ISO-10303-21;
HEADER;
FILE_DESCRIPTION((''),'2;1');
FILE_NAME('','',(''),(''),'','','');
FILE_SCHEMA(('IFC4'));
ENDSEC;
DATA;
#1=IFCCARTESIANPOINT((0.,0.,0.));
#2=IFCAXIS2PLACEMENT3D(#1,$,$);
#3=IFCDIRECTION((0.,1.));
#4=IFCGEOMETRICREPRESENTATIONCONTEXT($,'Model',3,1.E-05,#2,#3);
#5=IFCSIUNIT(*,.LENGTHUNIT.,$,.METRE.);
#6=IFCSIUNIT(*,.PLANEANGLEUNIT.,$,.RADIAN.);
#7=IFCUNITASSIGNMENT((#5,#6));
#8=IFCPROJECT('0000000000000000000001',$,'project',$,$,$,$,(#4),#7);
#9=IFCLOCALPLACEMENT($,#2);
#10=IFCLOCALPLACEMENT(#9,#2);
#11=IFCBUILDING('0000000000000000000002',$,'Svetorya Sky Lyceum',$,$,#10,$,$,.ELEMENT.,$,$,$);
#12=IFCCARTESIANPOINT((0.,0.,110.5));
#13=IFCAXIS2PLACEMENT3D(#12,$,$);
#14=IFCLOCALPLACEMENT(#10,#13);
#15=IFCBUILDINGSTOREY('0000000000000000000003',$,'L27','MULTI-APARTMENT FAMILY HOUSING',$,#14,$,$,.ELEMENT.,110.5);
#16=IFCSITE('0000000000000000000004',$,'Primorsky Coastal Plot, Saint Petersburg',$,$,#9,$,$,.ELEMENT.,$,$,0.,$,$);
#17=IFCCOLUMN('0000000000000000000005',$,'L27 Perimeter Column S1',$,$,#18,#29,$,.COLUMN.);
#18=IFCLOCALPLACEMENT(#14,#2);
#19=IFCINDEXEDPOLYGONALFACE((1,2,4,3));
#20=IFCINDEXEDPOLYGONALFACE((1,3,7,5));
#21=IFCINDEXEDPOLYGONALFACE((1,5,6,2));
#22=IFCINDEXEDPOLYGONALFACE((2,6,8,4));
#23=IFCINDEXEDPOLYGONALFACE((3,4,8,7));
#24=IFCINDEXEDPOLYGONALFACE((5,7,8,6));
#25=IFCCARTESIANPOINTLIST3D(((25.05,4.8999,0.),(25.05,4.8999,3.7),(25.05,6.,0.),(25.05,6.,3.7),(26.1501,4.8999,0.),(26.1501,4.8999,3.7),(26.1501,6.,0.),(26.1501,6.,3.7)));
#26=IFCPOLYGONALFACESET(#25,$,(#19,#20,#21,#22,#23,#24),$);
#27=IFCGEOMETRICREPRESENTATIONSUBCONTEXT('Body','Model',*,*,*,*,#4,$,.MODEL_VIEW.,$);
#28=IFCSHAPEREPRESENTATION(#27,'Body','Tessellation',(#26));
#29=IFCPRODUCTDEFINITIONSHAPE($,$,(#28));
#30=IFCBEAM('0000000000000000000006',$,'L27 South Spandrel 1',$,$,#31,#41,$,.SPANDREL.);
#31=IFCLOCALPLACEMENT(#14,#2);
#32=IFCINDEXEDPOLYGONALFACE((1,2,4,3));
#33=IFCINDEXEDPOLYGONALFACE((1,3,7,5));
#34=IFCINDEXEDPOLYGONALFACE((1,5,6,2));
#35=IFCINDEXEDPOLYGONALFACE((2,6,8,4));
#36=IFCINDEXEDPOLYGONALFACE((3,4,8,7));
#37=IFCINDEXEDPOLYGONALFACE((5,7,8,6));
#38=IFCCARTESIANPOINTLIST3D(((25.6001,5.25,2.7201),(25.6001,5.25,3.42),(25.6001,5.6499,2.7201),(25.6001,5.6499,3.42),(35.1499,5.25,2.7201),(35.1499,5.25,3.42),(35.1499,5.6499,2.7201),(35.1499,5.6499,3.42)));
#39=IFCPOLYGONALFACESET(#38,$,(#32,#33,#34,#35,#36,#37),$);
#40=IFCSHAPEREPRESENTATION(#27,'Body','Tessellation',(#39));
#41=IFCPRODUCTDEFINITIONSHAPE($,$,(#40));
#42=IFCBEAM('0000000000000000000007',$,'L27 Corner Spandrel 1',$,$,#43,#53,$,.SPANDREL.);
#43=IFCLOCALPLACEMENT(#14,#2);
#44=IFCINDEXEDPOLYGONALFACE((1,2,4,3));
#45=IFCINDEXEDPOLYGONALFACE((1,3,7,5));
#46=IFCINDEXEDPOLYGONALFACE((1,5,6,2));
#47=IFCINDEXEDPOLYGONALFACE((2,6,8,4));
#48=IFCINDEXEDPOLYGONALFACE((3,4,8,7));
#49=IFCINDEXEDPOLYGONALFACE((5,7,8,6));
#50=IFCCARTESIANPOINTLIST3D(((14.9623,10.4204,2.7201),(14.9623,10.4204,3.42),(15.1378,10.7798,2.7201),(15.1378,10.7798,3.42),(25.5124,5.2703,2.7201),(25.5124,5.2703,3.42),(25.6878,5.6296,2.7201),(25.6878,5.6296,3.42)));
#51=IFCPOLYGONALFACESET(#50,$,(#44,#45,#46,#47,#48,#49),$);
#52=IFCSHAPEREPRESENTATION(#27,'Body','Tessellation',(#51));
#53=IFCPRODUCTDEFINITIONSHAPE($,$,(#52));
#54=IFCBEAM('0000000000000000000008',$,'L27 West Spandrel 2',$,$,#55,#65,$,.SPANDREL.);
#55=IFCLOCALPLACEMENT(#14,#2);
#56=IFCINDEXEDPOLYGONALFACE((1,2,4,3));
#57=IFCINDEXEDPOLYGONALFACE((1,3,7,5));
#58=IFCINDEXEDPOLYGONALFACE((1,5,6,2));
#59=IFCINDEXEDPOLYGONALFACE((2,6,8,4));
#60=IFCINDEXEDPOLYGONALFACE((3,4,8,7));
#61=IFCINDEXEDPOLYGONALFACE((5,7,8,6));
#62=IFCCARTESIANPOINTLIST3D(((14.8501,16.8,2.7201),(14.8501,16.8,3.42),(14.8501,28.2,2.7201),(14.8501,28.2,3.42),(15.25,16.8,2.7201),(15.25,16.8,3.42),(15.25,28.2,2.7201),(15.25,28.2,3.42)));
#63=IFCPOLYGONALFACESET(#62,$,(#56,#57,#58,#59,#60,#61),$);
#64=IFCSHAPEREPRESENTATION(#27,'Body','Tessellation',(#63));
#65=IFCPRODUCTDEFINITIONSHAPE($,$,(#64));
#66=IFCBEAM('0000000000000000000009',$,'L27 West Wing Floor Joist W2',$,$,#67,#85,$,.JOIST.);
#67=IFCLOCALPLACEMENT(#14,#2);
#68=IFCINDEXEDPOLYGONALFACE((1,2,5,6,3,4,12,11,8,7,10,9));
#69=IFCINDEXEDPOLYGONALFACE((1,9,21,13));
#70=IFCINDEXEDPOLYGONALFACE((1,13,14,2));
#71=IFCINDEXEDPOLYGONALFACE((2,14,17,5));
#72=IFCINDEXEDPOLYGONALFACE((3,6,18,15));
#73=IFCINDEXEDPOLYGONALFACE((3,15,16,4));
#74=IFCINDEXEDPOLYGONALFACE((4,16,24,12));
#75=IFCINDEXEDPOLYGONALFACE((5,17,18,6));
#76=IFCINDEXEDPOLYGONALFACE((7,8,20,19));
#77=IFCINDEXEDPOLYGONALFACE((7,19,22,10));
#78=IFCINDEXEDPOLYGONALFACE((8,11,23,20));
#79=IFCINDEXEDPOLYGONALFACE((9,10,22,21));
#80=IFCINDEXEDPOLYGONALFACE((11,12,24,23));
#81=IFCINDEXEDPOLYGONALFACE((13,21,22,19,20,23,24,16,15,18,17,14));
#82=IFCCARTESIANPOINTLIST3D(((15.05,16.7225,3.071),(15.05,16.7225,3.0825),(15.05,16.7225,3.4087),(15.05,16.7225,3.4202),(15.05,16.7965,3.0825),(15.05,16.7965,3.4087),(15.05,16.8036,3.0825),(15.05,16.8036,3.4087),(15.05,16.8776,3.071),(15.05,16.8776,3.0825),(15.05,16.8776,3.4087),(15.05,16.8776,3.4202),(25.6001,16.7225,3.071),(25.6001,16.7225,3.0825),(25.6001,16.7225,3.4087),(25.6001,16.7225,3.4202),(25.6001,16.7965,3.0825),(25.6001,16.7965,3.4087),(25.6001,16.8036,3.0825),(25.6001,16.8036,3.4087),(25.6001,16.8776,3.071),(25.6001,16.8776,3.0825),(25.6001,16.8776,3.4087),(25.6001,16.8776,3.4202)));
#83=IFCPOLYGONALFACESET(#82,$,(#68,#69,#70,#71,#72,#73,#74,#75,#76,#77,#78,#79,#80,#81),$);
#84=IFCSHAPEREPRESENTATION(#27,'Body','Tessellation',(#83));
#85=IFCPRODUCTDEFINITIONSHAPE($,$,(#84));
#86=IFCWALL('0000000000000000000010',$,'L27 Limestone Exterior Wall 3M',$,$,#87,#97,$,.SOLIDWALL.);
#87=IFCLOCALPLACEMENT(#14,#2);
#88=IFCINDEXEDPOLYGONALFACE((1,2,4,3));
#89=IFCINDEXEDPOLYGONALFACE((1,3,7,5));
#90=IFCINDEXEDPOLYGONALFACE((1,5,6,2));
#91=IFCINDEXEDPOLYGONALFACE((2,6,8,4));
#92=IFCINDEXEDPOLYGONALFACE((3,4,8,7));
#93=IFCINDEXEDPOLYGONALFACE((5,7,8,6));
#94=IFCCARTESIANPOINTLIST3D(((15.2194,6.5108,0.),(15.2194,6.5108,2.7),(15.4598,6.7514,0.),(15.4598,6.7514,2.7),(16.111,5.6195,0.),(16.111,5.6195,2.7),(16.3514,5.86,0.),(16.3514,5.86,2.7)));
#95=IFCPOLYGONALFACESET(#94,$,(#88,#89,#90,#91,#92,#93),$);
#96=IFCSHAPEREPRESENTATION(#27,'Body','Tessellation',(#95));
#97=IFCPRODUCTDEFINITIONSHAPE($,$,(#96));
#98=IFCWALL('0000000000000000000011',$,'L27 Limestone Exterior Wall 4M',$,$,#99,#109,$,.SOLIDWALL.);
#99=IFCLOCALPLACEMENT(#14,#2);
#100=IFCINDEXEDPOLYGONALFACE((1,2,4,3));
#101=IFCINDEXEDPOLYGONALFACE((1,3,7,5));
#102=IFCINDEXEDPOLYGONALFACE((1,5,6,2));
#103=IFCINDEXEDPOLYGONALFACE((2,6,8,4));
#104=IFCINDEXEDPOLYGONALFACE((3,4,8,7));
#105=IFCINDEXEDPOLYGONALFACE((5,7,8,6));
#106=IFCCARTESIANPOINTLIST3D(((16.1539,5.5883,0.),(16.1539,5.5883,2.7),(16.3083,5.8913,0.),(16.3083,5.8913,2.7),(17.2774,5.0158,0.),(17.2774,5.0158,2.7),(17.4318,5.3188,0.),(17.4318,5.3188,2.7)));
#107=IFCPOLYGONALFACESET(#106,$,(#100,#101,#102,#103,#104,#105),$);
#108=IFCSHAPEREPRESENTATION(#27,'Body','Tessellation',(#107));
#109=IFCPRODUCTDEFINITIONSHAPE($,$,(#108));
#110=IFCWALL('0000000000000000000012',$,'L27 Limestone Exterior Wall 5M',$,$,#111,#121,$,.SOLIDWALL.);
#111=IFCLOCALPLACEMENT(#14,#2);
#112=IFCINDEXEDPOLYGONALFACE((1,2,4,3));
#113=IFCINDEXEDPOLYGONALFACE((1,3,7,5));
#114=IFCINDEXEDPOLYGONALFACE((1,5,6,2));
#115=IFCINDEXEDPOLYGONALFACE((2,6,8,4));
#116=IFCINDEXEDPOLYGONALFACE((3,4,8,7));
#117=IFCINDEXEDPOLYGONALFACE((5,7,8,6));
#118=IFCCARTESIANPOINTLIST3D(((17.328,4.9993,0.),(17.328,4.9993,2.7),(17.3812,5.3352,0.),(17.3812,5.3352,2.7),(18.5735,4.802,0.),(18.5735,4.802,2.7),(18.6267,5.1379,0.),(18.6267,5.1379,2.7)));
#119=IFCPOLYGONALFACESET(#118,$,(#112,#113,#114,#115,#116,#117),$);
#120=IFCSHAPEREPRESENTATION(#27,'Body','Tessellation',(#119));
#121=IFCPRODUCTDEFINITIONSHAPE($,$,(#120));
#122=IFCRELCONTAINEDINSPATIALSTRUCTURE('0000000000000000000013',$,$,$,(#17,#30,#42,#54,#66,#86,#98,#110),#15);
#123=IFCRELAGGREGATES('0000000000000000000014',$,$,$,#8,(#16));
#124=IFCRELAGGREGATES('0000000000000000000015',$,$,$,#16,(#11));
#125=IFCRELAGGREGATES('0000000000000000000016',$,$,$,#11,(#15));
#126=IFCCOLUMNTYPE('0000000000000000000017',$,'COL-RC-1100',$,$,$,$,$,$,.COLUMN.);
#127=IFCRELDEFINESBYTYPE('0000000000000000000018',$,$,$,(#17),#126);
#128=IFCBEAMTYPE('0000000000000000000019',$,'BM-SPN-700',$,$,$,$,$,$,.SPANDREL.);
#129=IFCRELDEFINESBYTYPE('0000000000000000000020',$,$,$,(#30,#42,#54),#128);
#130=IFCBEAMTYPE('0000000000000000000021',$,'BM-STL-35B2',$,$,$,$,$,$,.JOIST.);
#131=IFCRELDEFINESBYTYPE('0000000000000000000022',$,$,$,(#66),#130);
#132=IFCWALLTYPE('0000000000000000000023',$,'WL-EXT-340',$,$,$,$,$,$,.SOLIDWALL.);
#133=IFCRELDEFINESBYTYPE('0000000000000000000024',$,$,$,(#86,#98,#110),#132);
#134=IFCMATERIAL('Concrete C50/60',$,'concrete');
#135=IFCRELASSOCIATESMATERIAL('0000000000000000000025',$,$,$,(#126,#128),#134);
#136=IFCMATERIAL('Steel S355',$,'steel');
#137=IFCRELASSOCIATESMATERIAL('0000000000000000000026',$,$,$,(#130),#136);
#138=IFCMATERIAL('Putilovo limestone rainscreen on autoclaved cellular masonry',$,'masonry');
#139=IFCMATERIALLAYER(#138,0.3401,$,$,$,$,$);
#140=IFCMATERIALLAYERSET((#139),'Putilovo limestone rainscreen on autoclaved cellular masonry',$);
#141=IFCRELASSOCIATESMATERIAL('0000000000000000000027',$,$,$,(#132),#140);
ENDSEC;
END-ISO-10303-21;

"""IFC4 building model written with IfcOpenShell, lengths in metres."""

from ifc_helpers import new_model, si_unit, direction, frame, frame_2d, origin, origin_2d, place, context, subcontext, project, spatial, rectangle, i_section, extrude, material, layer, layer_set, material_profile, profile_set, type_object, element, save


model = new_model("IFC4")

# Units and contexts
model_context = context("Model", 3, precision=1e-05, world=origin(), true_north=direction((0.0, 1.0)))
body_context = subcontext(model_context, "Body", "Model", "MODEL_VIEW")
ifc_project = project(units=[si_unit("LENGTHUNIT", "METRE"), si_unit("PLANEANGLEUNIT", "RADIAN")], contexts=[model_context])

# Site, building, storey
site_placement = place(None, origin())
site = spatial("IfcSite", under=ifc_project, at=site_placement, Name="Primorsky Coastal Plot, Saint Petersburg", CompositionType="ELEMENT", RefElevation=0.0)
building_placement = place(site_placement, origin())
building = spatial("IfcBuilding", under=site, at=building_placement, Name="Svetorya Sky Lyceum", CompositionType="ELEMENT")
storey_placement = place(building_placement, frame((0.0, 0.0, 110.5)))
storey = spatial("IfcBuildingStorey", under=building, at=storey_placement, Name="L27", Description="MULTI-APARTMENT FAMILY HOUSING", CompositionType="ELEMENT", Elevation=110.5)

# Column
ifc_material_1 = material(Name="Concrete C50/60", Category="concrete")
ifc_material_profile_1 = material_profile(ifc_material_1, rectangle(XDim=1.1001, YDim=1.1001, at=origin_2d()), Name="RC COL 1100x1100")
ifc_profile_set_1 = profile_set([ifc_material_profile_1], Name="Concrete C50/60")
column_type = type_object("IfcColumnType", Name="COL-RC-1100", PredefinedType="COLUMN", material=ifc_profile_set_1)
column_placement = place(storey_placement, frame((25.6001, 5.45, 0.0), z_axis=(0.0, 0.0, 1.0), x_axis=(1.0, 0.0, 0.0)))
element("IfcColumn", 1, at=column_placement, inside=storey, type_object=column_type, Name="L27 Perimeter Column S1", PredefinedType="COLUMN", context=body_context, shape_type="SweptSolid", body=[
    extrude(rectangle(XDim=1.1001, YDim=1.1001, at=origin_2d()), origin(), (0.0, 0.0, 1.0), 3.7),
])

# Beams
ifc_material_profile_2 = material_profile(ifc_material_1, rectangle(XDim=0.3999, YDim=0.7, at=origin_2d()), Name="RC SPANDREL 400x700")
ifc_profile_set_2 = profile_set([ifc_material_profile_2], Name="Concrete C50/60")
beam_type_1 = type_object("IfcBeamType", Name="BM-SPN-700", PredefinedType="SPANDREL", material=ifc_profile_set_2)
beam_1_placement = place(storey_placement, frame((25.6001, 5.45, 3.0701), z_axis=(1.0, 0.0, 0.0), x_axis=(0.0, 1.0, 0.0)))
element("IfcBeam", 2, at=beam_1_placement, inside=storey, type_object=beam_type_1, Name="L27 South Spandrel 1", PredefinedType="SPANDREL", context=body_context, shape_type="SweptSolid", body=[
    extrude(rectangle(XDim=0.3999, YDim=0.7, at=origin_2d()), origin(), (0.0, 0.0, 1.0), 9.5498),
])
beam_2_placement = place(storey_placement, frame((25.6001, 5.45, 3.0701), z_axis=(-0.898641, 0.438684, 0.0), x_axis=(-0.438684, -0.898641, 0.0)))
element("IfcBeam", 3, at=beam_2_placement, inside=storey, type_object=beam_type_1, Name="L27 Corner Spandrel 1", PredefinedType="SPANDREL", context=body_context, shape_type="SweptSolid", body=[
    extrude(rectangle(XDim=0.3999, YDim=0.7, at=origin_2d()), origin(), (0.0, 0.0, 1.0), 11.74),
])
beam_3_placement = place(storey_placement, frame((15.05, 16.8, 3.0701), z_axis=(0.0, 1.0, 0.0), x_axis=(-1.0, 0.0, 0.0)))
element("IfcBeam", 4, at=beam_3_placement, inside=storey, type_object=beam_type_1, Name="L27 West Spandrel 2", PredefinedType="SPANDREL", context=body_context, shape_type="SweptSolid", body=[
    extrude(rectangle(XDim=0.3999, YDim=0.7, at=origin_2d()), origin(), (0.0, 0.0, 1.0), 11.3999),
])
ifc_material_2 = material(Name="Steel S355", Category="steel")
ifc_material_profile_3 = material_profile(ifc_material_2, i_section(OverallWidth=0.155, OverallDepth=0.3491, WebThickness=0.0071, FlangeThickness=0.0115, at=origin_2d()), Name="GOST 35B2")
ifc_profile_set_3 = profile_set([ifc_material_profile_3], Name="Steel S355")
beam_type_2 = type_object("IfcBeamType", Name="BM-STL-35B2", PredefinedType="JOIST", material=ifc_profile_set_3)
beam_4_placement = place(storey_placement, frame((15.05, 16.8, 3.2456), z_axis=(1.0, 0.0, 0.0), x_axis=(0.0, 1.0, 0.0)))
element("IfcBeam", 5, at=beam_4_placement, inside=storey, type_object=beam_type_2, Name="L27 West Wing Floor Joist W2", PredefinedType="JOIST", context=body_context, shape_type="SweptSolid", body=[
    extrude(i_section(OverallWidth=0.155, OverallDepth=0.3491, WebThickness=0.0071, FlangeThickness=0.0115, at=origin_2d()), origin(), (0.0, 0.0, 1.0), 10.55),
])

# Walls
ifc_material_3 = material(Name="Putilovo limestone rainscreen on autoclaved cellular masonry", Category="masonry")
ifc_layer_1 = layer(ifc_material_3, 0.3401)
ifc_layer_set_1 = layer_set([ifc_layer_1], Name="Putilovo limestone rainscreen on autoclaved cellular masonry")
wall_type_1 = type_object("IfcWallType", Name="WL-EXT-340", PredefinedType="SOLIDWALL", material=ifc_layer_set_1)
wall_1_placement = place(storey_placement, frame((15.3396, 6.6311, 0.0), z_axis=(0.0, 0.0, 1.0), x_axis=(0.707204, -0.70701, 0.0)))
element("IfcWall", 6, at=wall_1_placement, inside=storey, type_object=wall_type_1, Name="L27 Limestone Exterior Wall 3M", PredefinedType="SOLIDWALL", context=body_context, shape_type="SweptSolid", body=[
    extrude(rectangle(XDim=1.2607, YDim=0.3401, at=frame_2d((0.6304, 0.0))), origin(), (0.0, 0.0, 1.0), 2.7),
])
for number, where, z_axis, x_axis, name in (
    (7, (16.2312, 5.7397, 0.0), (0.0, 0.0, 1.0), (0.890994, -0.454016, 0.0), "L27 Limestone Exterior Wall 4M"),
    (8, (17.3547, 5.1672, 0.0), (0.0, 0.0, 1.0), (0.987686, -0.15645, 0.0), "L27 Limestone Exterior Wall 5M"),
):
    element("IfcWall", number, at=place(storey_placement, frame(where, z_axis=z_axis, x_axis=x_axis)), inside=storey, type_object=wall_type_1, Name=name, PredefinedType="SOLIDWALL", context=body_context, shape_type="SweptSolid", body=[
        extrude(rectangle(XDim=1.261, YDim=0.3401, at=frame_2d((0.6304, 0.0))), origin(), (0.0, 0.0, 1.0), 2.7),
    ])

save(model, "model.ifc")
